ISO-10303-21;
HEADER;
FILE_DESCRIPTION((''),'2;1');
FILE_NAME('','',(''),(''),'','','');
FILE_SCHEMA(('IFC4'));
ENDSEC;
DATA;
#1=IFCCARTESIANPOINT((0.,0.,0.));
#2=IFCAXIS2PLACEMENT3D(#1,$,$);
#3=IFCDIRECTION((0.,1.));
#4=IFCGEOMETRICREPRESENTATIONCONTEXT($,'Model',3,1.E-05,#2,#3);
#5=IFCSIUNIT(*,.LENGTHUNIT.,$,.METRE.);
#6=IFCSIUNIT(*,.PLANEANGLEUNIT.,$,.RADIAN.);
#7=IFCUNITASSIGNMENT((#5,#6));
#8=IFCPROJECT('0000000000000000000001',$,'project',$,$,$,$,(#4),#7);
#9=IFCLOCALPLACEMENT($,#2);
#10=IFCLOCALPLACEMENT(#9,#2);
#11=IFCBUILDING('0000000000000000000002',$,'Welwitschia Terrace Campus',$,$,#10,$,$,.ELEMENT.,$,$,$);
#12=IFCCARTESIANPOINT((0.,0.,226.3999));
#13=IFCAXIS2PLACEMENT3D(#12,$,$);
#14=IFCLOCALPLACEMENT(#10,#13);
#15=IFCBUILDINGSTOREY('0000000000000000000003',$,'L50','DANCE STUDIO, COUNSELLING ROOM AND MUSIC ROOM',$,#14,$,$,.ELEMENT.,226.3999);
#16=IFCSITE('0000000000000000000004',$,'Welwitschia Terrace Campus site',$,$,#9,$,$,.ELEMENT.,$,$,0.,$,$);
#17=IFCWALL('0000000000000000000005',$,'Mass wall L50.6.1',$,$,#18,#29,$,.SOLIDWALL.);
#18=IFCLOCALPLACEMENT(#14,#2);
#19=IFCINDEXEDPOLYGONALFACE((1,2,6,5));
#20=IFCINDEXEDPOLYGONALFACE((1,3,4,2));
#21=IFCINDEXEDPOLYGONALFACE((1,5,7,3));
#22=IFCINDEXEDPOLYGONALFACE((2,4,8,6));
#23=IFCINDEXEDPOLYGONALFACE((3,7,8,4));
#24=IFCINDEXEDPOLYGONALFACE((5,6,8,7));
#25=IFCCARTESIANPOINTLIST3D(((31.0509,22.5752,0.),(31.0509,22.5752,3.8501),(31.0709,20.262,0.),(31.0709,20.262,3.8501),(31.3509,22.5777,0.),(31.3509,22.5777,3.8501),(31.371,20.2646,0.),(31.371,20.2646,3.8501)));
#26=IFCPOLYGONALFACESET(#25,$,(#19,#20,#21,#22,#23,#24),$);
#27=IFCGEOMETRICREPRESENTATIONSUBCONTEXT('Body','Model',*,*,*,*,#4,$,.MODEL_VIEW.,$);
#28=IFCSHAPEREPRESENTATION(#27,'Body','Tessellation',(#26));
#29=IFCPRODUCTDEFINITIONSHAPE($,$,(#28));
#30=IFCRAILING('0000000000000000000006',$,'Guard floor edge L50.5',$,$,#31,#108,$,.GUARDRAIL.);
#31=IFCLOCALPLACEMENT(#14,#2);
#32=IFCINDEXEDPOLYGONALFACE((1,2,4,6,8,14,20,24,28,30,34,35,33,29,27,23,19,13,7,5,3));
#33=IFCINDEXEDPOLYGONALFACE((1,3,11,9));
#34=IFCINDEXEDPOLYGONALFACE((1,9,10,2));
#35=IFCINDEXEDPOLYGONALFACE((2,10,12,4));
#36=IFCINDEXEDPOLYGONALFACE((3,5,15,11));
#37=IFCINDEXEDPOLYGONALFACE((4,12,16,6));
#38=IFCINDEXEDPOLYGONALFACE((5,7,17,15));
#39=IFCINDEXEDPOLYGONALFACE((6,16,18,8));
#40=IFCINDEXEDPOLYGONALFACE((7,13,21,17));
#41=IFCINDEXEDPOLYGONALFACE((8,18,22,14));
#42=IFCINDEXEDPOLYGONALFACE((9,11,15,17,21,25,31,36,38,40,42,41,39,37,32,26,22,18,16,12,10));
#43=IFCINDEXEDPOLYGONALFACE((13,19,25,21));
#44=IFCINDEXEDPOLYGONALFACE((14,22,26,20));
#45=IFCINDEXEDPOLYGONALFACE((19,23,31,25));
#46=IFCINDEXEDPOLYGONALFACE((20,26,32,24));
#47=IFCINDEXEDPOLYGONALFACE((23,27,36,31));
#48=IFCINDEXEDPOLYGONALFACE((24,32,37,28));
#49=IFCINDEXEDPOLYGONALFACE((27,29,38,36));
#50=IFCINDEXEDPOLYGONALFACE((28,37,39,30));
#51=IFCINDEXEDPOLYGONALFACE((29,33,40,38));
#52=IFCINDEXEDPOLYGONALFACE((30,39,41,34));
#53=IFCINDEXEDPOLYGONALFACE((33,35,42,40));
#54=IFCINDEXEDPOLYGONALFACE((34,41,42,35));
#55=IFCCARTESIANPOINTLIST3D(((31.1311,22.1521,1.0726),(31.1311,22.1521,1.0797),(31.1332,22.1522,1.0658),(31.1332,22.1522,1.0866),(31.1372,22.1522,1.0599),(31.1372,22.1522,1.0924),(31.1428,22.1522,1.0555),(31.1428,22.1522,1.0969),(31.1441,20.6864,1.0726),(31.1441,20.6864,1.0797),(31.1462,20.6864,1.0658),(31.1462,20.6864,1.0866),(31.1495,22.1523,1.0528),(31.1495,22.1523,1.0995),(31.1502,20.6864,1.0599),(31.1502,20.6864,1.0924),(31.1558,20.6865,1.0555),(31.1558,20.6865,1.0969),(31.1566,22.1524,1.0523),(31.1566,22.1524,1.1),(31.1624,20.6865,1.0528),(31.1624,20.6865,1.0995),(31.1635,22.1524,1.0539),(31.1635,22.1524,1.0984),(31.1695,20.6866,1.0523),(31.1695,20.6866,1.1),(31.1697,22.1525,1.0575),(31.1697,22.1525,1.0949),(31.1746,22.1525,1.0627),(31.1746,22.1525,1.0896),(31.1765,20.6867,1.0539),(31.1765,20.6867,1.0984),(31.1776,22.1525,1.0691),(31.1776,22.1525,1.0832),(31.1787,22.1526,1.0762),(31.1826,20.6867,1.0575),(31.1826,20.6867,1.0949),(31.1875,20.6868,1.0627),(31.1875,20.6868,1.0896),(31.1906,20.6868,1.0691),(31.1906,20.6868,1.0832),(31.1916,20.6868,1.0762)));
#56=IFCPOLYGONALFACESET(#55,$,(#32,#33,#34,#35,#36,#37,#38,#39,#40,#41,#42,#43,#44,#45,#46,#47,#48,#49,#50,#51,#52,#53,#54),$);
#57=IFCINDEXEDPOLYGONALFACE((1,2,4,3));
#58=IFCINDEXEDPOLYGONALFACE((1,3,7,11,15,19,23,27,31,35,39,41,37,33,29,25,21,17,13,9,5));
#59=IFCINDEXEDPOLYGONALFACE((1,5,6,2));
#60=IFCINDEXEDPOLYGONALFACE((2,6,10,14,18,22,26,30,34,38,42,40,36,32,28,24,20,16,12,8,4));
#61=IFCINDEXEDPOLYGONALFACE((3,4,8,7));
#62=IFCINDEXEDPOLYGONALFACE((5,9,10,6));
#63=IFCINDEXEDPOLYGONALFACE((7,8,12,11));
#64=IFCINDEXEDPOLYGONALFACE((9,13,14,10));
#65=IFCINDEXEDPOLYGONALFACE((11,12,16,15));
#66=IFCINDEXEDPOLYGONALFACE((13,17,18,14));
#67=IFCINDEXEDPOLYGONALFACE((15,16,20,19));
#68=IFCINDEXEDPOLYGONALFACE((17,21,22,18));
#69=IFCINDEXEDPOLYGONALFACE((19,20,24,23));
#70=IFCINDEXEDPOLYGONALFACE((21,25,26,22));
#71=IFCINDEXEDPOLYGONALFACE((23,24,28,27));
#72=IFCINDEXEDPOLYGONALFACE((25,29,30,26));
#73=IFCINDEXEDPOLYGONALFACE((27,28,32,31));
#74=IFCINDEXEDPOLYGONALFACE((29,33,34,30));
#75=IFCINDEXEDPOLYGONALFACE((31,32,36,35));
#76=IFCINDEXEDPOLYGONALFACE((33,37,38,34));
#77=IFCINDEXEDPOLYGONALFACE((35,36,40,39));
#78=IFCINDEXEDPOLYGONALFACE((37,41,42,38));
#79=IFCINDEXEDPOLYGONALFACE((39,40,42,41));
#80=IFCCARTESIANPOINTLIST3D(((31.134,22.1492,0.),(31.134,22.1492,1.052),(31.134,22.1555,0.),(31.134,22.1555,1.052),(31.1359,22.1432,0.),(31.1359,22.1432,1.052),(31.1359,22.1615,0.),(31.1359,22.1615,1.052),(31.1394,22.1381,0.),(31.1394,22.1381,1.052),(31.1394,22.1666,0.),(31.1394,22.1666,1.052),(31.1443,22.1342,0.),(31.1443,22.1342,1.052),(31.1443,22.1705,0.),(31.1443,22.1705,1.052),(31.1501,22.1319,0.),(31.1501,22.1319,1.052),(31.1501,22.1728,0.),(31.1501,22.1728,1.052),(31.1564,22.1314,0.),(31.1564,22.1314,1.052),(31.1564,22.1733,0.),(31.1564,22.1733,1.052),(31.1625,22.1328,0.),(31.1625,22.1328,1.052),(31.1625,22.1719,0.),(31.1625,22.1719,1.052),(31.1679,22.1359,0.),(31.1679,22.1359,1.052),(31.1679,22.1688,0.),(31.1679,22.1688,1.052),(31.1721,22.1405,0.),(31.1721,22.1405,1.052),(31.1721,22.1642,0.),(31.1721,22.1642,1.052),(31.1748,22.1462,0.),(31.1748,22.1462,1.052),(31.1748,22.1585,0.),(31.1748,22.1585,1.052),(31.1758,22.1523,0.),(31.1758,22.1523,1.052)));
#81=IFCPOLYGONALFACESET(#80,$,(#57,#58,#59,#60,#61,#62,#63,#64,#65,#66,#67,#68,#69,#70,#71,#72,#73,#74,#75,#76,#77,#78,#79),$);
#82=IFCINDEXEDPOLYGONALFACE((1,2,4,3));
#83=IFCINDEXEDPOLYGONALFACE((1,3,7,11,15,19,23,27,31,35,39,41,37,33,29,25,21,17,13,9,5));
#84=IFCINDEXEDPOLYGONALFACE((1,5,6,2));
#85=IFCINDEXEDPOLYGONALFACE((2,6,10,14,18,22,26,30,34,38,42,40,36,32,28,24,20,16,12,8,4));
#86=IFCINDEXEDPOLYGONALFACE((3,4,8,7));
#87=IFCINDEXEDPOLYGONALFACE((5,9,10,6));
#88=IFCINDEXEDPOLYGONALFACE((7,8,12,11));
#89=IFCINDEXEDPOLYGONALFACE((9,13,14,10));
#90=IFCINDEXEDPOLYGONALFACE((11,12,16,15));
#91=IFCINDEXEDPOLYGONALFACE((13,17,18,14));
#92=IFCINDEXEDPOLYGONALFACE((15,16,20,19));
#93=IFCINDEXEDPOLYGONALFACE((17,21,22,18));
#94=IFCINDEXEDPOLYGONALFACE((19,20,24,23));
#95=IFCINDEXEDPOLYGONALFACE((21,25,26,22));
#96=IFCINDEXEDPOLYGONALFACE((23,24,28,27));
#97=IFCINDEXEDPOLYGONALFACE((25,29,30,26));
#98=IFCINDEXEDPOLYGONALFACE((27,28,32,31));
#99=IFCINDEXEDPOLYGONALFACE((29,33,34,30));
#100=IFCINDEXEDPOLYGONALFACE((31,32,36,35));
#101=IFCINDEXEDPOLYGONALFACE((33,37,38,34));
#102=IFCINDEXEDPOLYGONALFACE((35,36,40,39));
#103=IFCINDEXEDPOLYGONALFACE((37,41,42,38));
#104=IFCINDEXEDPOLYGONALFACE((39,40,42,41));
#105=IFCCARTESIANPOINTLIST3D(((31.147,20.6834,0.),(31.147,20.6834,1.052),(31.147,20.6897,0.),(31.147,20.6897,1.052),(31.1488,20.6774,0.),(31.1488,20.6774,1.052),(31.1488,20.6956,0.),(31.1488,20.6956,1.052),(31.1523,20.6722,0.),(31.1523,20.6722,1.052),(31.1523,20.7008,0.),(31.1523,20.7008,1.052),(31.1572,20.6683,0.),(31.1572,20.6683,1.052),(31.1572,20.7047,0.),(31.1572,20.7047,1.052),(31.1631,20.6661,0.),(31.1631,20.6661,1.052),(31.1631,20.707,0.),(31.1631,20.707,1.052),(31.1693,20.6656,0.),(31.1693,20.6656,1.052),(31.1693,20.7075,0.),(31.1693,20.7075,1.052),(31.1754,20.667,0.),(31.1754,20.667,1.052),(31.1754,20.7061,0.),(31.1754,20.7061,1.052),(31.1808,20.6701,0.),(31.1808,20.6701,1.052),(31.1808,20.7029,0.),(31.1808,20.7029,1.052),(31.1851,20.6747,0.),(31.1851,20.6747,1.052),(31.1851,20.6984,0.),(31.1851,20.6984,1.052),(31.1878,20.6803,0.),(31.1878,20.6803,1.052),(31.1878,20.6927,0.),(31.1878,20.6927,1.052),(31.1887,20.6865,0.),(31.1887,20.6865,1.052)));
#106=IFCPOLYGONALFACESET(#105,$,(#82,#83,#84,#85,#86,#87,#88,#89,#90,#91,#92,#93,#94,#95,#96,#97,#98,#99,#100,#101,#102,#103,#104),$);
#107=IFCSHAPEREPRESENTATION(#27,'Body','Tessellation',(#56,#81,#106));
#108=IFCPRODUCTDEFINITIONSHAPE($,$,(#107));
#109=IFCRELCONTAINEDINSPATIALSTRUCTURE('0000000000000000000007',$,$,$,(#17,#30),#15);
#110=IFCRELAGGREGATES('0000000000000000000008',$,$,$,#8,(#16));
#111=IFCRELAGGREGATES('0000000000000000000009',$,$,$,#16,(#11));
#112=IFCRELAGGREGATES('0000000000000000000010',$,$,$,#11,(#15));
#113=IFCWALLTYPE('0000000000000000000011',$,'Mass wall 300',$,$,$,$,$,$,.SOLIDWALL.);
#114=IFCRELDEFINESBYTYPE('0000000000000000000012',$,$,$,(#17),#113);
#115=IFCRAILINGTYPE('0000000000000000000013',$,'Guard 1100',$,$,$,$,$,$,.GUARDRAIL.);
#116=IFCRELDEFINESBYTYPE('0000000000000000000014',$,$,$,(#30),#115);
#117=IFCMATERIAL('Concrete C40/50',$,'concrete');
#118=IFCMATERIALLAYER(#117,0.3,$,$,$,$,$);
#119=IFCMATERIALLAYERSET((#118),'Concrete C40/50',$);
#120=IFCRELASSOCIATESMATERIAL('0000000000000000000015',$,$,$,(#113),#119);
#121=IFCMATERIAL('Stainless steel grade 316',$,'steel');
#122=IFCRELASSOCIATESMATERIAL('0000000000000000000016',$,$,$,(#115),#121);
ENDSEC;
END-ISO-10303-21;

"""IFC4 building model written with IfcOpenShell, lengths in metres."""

from ifc_helpers import new_model, si_unit, direction, frame, frame_2d, origin, origin_2d, place, context, subcontext, project, spatial, rectangle, circle, extrude, material, layer, layer_set, type_object, element, save


model = new_model("IFC4")

# Units and contexts
model_context = context("Model", 3, precision=1e-05, world=origin(), true_north=direction((0.0, 1.0)))
body_context = subcontext(model_context, "Body", "Model", "MODEL_VIEW")
ifc_project = project(units=[si_unit("LENGTHUNIT", "METRE"), si_unit("PLANEANGLEUNIT", "RADIAN")], contexts=[model_context])

# Site, building, storey
site_placement = place(None, origin())
site = spatial("IfcSite", under=ifc_project, at=site_placement, Name="Welwitschia Terrace Campus site", CompositionType="ELEMENT", RefElevation=0.0)
building_placement = place(site_placement, origin())
building = spatial("IfcBuilding", under=site, at=building_placement, Name="Welwitschia Terrace Campus", CompositionType="ELEMENT")
storey_placement = place(building_placement, frame((0.0, 0.0, 226.3999)))
storey = spatial("IfcBuildingStorey", under=building, at=storey_placement, Name="L50", Description="DANCE STUDIO, COUNSELLING ROOM AND MUSIC ROOM", CompositionType="ELEMENT", Elevation=226.3999)

# Wall
ifc_material_1 = material(Name="Concrete C40/50", Category="concrete")
ifc_layer_1 = layer(ifc_material_1, 0.3)
ifc_layer_set_1 = layer_set([ifc_layer_1], Name="Concrete C40/50")
wall_type_1 = type_object("IfcWallType", Name="Mass wall 300", PredefinedType="SOLIDWALL", material=ifc_layer_set_1)
wall_1_placement = place(storey_placement, frame((31.2209, 20.2632, 0.0), z_axis=(0.0, 0.0, 1.0), x_axis=(-0.008654, 0.999963, 0.0)))
element("IfcWall", 1, at=wall_1_placement, inside=storey, type_object=wall_type_1, Name="Mass wall L50.6.1", PredefinedType="SOLIDWALL", context=body_context, shape_type="SweptSolid", body=[
    extrude(rectangle(XDim=2.3132, YDim=0.3, at=frame_2d((1.1567, 0.0))), origin(), (0.0, 0.0, 1.0), 3.8501),
])

# Railing
ifc_material_2 = material(Name="Stainless steel grade 316", Category="steel")
railing_type = type_object("IfcRailingType", Name="Guard 1100", PredefinedType="GUARDRAIL", material=ifc_material_2)
railing_1_placement = place(storey_placement, frame((31.1548, 22.1523, 0.0)))
element("IfcRailing", 2, at=railing_1_placement, inside=storey, type_object=railing_type, Name="Guard floor edge L50.5", PredefinedType="GUARDRAIL", context=body_context, shape_type="SweptSolid", body=[
    extrude(circle(Radius=0.0239, at=origin_2d()), frame((0.0, 0.0, 1.0762), z_axis=(0.008827, -0.999961, 0.0), x_axis=(0.999961, 0.008827, 0.0)), (0.0, 0.0, 1.0), 1.4658),
    extrude(circle(Radius=0.021, at=origin_2d()), origin(), (0.0, 0.0, 1.0), 1.052),
    extrude(circle(Radius=0.021, at=origin_2d()), frame((0.0129, -1.4658, 0.0)), (0.0, 0.0, 1.0), 1.052),
])

save(model, "model.ifc")
